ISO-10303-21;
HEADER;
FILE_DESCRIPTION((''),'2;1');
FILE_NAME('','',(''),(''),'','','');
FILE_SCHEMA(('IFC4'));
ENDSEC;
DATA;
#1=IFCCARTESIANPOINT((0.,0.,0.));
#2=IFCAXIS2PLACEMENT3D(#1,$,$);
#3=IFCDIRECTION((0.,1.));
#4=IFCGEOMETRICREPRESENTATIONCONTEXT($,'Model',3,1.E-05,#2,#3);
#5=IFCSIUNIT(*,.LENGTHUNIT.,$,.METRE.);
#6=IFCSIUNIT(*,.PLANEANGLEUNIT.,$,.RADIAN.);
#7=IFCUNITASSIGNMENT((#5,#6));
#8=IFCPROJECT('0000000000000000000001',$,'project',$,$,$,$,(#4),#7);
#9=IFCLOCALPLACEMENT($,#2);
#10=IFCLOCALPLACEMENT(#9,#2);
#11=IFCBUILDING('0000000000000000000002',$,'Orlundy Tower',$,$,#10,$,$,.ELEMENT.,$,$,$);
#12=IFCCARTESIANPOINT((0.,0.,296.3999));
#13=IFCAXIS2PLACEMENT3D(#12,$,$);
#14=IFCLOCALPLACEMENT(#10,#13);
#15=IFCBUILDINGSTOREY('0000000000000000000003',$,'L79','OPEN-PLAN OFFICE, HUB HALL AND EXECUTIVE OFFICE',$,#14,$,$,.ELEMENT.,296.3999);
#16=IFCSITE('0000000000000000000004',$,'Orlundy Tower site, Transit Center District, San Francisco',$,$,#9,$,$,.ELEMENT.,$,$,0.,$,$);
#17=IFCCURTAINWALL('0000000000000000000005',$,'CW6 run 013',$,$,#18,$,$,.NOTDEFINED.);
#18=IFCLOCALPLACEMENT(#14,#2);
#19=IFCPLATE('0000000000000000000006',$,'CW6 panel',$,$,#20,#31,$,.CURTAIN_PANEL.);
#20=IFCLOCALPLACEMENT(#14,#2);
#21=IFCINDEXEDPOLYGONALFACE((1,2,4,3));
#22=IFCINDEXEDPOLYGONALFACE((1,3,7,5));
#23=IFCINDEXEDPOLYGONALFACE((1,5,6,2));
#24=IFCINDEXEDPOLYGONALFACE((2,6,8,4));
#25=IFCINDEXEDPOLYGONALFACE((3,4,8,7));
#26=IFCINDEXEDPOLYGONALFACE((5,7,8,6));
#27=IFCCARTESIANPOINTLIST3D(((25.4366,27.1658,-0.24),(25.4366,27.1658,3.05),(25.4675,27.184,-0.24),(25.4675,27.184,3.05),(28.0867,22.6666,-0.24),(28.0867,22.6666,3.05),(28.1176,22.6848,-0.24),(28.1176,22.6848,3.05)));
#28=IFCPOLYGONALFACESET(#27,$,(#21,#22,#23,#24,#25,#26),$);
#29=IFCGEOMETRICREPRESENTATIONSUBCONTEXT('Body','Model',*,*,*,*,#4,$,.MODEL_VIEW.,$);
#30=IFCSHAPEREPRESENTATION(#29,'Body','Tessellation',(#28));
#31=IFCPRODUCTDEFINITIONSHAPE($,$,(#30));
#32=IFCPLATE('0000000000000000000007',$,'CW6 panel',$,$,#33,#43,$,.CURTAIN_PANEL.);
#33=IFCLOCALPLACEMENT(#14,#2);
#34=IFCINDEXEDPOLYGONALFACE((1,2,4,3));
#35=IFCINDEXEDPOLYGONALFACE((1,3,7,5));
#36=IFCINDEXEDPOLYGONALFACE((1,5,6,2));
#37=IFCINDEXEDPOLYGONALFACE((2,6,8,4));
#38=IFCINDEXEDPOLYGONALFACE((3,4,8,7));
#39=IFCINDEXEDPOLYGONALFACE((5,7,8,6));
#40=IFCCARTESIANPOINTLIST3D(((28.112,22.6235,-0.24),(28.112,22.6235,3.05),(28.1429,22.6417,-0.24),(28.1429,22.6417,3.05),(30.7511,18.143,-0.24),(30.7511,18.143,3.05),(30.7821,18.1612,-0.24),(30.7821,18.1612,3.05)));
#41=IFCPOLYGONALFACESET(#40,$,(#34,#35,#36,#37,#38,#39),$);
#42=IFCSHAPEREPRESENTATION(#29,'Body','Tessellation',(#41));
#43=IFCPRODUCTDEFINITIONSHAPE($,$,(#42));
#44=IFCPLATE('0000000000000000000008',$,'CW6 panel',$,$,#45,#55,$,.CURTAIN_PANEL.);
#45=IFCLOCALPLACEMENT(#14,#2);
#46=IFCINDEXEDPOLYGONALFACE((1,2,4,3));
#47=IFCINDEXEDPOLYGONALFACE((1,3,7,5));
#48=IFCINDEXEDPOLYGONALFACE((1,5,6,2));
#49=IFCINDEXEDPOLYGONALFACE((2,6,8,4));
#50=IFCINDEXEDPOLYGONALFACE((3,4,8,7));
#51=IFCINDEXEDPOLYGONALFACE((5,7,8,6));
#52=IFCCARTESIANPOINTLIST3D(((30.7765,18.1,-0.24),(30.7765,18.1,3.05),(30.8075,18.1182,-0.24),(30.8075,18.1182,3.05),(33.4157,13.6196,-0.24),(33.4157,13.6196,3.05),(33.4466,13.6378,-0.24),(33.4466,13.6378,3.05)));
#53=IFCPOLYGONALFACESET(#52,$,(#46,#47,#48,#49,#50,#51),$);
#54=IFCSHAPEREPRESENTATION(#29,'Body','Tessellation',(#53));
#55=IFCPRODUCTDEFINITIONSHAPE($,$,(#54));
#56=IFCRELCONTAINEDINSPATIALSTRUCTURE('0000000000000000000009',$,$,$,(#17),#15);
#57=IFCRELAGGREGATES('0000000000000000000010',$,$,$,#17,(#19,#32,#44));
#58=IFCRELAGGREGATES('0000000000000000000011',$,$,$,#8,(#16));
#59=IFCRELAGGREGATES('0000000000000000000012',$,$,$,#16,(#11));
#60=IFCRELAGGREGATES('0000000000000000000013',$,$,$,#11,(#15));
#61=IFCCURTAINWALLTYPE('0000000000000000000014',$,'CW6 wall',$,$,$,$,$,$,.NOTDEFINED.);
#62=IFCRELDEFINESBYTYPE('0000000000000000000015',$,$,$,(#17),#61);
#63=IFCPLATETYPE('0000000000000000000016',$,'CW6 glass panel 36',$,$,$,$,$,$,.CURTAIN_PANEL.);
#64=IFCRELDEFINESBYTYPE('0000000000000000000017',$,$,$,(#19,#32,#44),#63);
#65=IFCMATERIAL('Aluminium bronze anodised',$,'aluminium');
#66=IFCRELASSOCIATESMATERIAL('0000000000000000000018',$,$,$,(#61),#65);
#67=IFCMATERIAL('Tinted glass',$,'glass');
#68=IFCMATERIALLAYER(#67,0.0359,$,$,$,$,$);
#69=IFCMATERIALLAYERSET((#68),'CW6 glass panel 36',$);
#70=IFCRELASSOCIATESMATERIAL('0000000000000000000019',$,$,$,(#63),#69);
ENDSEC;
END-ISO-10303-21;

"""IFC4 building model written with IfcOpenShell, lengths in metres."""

from ifc_helpers import new_model, si_unit, direction, frame, origin, origin_2d, place, context, subcontext, project, spatial, rectangle, extrude, material, layer, layer_set, type_object, element, aggregate, save


model = new_model("IFC4")

# Units and contexts
model_context = context("Model", 3, precision=1e-05, world=origin(), true_north=direction((0.0, 1.0)))
body_context = subcontext(model_context, "Body", "Model", "MODEL_VIEW")
ifc_project = project(units=[si_unit("LENGTHUNIT", "METRE"), si_unit("PLANEANGLEUNIT", "RADIAN")], contexts=[model_context])

# Site, building, storey
site_placement = place(None, origin())
site = spatial("IfcSite", under=ifc_project, at=site_placement, Name="Orlundy Tower site, Transit Center District, San Francisco", CompositionType="ELEMENT", RefElevation=0.0)
building_placement = place(site_placement, origin())
building = spatial("IfcBuilding", under=site, at=building_placement, Name="Orlundy Tower", CompositionType="ELEMENT")
storey_placement = place(building_placement, frame((0.0, 0.0, 296.3999)))
storey = spatial("IfcBuildingStorey", under=building, at=storey_placement, Name="L79", Description="OPEN-PLAN OFFICE, HUB HALL AND EXECUTIVE OFFICE", CompositionType="ELEMENT", Elevation=296.3999)

# Shared definitions
ifc_material_1 = material(Name="Aluminium bronze anodised", Category="aluminium")
curtain_wall_type = type_object("IfcCurtainWallType", Name="CW6 wall", PredefinedType="NOTDEFINED", material=ifc_material_1)

# Curtain wall
curtain_wall_1_placement = place(storey_placement, origin())
curtain_wall_1 = element("IfcCurtainWall", 1, at=curtain_wall_1_placement, inside=storey, type_object=curtain_wall_type, Name="CW6 run 013", PredefinedType="NOTDEFINED")

# Shared definitions
ifc_material_2 = material(Name="Tinted glass", Category="glass")
ifc_layer = layer(ifc_material_2, 0.0359)
ifc_layer_set = layer_set([ifc_layer], Name="CW6 glass panel 36")
plate_type = type_object("IfcPlateType", Name="CW6 glass panel 36", PredefinedType="CURTAIN_PANEL", material=ifc_layer_set)

# Plates
plate_1_placement = place(storey_placement, frame((26.7771, 24.9253, -0.24), z_axis=(0.0, 0.0, 1.0), x_axis=(0.507532, -0.861633, 0.0)))
plate_1 = element("IfcPlate", 2, at=plate_1_placement, type_object=plate_type, Name="CW6 panel", PredefinedType="CURTAIN_PANEL", context=body_context, shape_type="SweptSolid", body=[
    extrude(rectangle(XDim=5.2217, YDim=0.0359, at=origin_2d()), origin(), (0.0, 0.0, 1.0), 3.29),
])
plate_2_placement = place(storey_placement, frame((29.447, 20.3923, -0.24), z_axis=(0.0, 0.0, 1.0), x_axis=(0.507532, -0.861633, 0.0)))
plate_2 = element("IfcPlate", 3, at=plate_2_placement, type_object=plate_type, Name="CW6 panel", PredefinedType="CURTAIN_PANEL", context=body_context, shape_type="SweptSolid", body=[
    extrude(rectangle(XDim=5.2, YDim=0.0359, at=origin_2d()), origin(), (0.0, 0.0, 1.0), 3.29),
])
plate_3_placement = place(storey_placement, frame((32.1116, 15.8689, -0.24), z_axis=(0.0, 0.0, 1.0), x_axis=(0.507532, -0.861633, 0.0)))
plate_3 = element("IfcPlate", 4, at=plate_3_placement, type_object=plate_type, Name="CW6 panel", PredefinedType="CURTAIN_PANEL", context=body_context, shape_type="SweptSolid", body=[
    extrude(rectangle(XDim=5.2, YDim=0.0359, at=origin_2d()), origin(), (0.0, 0.0, 1.0), 3.29),
])
aggregate(curtain_wall_1, [plate_1, plate_2, plate_3])

save(model, "model.ifc")
